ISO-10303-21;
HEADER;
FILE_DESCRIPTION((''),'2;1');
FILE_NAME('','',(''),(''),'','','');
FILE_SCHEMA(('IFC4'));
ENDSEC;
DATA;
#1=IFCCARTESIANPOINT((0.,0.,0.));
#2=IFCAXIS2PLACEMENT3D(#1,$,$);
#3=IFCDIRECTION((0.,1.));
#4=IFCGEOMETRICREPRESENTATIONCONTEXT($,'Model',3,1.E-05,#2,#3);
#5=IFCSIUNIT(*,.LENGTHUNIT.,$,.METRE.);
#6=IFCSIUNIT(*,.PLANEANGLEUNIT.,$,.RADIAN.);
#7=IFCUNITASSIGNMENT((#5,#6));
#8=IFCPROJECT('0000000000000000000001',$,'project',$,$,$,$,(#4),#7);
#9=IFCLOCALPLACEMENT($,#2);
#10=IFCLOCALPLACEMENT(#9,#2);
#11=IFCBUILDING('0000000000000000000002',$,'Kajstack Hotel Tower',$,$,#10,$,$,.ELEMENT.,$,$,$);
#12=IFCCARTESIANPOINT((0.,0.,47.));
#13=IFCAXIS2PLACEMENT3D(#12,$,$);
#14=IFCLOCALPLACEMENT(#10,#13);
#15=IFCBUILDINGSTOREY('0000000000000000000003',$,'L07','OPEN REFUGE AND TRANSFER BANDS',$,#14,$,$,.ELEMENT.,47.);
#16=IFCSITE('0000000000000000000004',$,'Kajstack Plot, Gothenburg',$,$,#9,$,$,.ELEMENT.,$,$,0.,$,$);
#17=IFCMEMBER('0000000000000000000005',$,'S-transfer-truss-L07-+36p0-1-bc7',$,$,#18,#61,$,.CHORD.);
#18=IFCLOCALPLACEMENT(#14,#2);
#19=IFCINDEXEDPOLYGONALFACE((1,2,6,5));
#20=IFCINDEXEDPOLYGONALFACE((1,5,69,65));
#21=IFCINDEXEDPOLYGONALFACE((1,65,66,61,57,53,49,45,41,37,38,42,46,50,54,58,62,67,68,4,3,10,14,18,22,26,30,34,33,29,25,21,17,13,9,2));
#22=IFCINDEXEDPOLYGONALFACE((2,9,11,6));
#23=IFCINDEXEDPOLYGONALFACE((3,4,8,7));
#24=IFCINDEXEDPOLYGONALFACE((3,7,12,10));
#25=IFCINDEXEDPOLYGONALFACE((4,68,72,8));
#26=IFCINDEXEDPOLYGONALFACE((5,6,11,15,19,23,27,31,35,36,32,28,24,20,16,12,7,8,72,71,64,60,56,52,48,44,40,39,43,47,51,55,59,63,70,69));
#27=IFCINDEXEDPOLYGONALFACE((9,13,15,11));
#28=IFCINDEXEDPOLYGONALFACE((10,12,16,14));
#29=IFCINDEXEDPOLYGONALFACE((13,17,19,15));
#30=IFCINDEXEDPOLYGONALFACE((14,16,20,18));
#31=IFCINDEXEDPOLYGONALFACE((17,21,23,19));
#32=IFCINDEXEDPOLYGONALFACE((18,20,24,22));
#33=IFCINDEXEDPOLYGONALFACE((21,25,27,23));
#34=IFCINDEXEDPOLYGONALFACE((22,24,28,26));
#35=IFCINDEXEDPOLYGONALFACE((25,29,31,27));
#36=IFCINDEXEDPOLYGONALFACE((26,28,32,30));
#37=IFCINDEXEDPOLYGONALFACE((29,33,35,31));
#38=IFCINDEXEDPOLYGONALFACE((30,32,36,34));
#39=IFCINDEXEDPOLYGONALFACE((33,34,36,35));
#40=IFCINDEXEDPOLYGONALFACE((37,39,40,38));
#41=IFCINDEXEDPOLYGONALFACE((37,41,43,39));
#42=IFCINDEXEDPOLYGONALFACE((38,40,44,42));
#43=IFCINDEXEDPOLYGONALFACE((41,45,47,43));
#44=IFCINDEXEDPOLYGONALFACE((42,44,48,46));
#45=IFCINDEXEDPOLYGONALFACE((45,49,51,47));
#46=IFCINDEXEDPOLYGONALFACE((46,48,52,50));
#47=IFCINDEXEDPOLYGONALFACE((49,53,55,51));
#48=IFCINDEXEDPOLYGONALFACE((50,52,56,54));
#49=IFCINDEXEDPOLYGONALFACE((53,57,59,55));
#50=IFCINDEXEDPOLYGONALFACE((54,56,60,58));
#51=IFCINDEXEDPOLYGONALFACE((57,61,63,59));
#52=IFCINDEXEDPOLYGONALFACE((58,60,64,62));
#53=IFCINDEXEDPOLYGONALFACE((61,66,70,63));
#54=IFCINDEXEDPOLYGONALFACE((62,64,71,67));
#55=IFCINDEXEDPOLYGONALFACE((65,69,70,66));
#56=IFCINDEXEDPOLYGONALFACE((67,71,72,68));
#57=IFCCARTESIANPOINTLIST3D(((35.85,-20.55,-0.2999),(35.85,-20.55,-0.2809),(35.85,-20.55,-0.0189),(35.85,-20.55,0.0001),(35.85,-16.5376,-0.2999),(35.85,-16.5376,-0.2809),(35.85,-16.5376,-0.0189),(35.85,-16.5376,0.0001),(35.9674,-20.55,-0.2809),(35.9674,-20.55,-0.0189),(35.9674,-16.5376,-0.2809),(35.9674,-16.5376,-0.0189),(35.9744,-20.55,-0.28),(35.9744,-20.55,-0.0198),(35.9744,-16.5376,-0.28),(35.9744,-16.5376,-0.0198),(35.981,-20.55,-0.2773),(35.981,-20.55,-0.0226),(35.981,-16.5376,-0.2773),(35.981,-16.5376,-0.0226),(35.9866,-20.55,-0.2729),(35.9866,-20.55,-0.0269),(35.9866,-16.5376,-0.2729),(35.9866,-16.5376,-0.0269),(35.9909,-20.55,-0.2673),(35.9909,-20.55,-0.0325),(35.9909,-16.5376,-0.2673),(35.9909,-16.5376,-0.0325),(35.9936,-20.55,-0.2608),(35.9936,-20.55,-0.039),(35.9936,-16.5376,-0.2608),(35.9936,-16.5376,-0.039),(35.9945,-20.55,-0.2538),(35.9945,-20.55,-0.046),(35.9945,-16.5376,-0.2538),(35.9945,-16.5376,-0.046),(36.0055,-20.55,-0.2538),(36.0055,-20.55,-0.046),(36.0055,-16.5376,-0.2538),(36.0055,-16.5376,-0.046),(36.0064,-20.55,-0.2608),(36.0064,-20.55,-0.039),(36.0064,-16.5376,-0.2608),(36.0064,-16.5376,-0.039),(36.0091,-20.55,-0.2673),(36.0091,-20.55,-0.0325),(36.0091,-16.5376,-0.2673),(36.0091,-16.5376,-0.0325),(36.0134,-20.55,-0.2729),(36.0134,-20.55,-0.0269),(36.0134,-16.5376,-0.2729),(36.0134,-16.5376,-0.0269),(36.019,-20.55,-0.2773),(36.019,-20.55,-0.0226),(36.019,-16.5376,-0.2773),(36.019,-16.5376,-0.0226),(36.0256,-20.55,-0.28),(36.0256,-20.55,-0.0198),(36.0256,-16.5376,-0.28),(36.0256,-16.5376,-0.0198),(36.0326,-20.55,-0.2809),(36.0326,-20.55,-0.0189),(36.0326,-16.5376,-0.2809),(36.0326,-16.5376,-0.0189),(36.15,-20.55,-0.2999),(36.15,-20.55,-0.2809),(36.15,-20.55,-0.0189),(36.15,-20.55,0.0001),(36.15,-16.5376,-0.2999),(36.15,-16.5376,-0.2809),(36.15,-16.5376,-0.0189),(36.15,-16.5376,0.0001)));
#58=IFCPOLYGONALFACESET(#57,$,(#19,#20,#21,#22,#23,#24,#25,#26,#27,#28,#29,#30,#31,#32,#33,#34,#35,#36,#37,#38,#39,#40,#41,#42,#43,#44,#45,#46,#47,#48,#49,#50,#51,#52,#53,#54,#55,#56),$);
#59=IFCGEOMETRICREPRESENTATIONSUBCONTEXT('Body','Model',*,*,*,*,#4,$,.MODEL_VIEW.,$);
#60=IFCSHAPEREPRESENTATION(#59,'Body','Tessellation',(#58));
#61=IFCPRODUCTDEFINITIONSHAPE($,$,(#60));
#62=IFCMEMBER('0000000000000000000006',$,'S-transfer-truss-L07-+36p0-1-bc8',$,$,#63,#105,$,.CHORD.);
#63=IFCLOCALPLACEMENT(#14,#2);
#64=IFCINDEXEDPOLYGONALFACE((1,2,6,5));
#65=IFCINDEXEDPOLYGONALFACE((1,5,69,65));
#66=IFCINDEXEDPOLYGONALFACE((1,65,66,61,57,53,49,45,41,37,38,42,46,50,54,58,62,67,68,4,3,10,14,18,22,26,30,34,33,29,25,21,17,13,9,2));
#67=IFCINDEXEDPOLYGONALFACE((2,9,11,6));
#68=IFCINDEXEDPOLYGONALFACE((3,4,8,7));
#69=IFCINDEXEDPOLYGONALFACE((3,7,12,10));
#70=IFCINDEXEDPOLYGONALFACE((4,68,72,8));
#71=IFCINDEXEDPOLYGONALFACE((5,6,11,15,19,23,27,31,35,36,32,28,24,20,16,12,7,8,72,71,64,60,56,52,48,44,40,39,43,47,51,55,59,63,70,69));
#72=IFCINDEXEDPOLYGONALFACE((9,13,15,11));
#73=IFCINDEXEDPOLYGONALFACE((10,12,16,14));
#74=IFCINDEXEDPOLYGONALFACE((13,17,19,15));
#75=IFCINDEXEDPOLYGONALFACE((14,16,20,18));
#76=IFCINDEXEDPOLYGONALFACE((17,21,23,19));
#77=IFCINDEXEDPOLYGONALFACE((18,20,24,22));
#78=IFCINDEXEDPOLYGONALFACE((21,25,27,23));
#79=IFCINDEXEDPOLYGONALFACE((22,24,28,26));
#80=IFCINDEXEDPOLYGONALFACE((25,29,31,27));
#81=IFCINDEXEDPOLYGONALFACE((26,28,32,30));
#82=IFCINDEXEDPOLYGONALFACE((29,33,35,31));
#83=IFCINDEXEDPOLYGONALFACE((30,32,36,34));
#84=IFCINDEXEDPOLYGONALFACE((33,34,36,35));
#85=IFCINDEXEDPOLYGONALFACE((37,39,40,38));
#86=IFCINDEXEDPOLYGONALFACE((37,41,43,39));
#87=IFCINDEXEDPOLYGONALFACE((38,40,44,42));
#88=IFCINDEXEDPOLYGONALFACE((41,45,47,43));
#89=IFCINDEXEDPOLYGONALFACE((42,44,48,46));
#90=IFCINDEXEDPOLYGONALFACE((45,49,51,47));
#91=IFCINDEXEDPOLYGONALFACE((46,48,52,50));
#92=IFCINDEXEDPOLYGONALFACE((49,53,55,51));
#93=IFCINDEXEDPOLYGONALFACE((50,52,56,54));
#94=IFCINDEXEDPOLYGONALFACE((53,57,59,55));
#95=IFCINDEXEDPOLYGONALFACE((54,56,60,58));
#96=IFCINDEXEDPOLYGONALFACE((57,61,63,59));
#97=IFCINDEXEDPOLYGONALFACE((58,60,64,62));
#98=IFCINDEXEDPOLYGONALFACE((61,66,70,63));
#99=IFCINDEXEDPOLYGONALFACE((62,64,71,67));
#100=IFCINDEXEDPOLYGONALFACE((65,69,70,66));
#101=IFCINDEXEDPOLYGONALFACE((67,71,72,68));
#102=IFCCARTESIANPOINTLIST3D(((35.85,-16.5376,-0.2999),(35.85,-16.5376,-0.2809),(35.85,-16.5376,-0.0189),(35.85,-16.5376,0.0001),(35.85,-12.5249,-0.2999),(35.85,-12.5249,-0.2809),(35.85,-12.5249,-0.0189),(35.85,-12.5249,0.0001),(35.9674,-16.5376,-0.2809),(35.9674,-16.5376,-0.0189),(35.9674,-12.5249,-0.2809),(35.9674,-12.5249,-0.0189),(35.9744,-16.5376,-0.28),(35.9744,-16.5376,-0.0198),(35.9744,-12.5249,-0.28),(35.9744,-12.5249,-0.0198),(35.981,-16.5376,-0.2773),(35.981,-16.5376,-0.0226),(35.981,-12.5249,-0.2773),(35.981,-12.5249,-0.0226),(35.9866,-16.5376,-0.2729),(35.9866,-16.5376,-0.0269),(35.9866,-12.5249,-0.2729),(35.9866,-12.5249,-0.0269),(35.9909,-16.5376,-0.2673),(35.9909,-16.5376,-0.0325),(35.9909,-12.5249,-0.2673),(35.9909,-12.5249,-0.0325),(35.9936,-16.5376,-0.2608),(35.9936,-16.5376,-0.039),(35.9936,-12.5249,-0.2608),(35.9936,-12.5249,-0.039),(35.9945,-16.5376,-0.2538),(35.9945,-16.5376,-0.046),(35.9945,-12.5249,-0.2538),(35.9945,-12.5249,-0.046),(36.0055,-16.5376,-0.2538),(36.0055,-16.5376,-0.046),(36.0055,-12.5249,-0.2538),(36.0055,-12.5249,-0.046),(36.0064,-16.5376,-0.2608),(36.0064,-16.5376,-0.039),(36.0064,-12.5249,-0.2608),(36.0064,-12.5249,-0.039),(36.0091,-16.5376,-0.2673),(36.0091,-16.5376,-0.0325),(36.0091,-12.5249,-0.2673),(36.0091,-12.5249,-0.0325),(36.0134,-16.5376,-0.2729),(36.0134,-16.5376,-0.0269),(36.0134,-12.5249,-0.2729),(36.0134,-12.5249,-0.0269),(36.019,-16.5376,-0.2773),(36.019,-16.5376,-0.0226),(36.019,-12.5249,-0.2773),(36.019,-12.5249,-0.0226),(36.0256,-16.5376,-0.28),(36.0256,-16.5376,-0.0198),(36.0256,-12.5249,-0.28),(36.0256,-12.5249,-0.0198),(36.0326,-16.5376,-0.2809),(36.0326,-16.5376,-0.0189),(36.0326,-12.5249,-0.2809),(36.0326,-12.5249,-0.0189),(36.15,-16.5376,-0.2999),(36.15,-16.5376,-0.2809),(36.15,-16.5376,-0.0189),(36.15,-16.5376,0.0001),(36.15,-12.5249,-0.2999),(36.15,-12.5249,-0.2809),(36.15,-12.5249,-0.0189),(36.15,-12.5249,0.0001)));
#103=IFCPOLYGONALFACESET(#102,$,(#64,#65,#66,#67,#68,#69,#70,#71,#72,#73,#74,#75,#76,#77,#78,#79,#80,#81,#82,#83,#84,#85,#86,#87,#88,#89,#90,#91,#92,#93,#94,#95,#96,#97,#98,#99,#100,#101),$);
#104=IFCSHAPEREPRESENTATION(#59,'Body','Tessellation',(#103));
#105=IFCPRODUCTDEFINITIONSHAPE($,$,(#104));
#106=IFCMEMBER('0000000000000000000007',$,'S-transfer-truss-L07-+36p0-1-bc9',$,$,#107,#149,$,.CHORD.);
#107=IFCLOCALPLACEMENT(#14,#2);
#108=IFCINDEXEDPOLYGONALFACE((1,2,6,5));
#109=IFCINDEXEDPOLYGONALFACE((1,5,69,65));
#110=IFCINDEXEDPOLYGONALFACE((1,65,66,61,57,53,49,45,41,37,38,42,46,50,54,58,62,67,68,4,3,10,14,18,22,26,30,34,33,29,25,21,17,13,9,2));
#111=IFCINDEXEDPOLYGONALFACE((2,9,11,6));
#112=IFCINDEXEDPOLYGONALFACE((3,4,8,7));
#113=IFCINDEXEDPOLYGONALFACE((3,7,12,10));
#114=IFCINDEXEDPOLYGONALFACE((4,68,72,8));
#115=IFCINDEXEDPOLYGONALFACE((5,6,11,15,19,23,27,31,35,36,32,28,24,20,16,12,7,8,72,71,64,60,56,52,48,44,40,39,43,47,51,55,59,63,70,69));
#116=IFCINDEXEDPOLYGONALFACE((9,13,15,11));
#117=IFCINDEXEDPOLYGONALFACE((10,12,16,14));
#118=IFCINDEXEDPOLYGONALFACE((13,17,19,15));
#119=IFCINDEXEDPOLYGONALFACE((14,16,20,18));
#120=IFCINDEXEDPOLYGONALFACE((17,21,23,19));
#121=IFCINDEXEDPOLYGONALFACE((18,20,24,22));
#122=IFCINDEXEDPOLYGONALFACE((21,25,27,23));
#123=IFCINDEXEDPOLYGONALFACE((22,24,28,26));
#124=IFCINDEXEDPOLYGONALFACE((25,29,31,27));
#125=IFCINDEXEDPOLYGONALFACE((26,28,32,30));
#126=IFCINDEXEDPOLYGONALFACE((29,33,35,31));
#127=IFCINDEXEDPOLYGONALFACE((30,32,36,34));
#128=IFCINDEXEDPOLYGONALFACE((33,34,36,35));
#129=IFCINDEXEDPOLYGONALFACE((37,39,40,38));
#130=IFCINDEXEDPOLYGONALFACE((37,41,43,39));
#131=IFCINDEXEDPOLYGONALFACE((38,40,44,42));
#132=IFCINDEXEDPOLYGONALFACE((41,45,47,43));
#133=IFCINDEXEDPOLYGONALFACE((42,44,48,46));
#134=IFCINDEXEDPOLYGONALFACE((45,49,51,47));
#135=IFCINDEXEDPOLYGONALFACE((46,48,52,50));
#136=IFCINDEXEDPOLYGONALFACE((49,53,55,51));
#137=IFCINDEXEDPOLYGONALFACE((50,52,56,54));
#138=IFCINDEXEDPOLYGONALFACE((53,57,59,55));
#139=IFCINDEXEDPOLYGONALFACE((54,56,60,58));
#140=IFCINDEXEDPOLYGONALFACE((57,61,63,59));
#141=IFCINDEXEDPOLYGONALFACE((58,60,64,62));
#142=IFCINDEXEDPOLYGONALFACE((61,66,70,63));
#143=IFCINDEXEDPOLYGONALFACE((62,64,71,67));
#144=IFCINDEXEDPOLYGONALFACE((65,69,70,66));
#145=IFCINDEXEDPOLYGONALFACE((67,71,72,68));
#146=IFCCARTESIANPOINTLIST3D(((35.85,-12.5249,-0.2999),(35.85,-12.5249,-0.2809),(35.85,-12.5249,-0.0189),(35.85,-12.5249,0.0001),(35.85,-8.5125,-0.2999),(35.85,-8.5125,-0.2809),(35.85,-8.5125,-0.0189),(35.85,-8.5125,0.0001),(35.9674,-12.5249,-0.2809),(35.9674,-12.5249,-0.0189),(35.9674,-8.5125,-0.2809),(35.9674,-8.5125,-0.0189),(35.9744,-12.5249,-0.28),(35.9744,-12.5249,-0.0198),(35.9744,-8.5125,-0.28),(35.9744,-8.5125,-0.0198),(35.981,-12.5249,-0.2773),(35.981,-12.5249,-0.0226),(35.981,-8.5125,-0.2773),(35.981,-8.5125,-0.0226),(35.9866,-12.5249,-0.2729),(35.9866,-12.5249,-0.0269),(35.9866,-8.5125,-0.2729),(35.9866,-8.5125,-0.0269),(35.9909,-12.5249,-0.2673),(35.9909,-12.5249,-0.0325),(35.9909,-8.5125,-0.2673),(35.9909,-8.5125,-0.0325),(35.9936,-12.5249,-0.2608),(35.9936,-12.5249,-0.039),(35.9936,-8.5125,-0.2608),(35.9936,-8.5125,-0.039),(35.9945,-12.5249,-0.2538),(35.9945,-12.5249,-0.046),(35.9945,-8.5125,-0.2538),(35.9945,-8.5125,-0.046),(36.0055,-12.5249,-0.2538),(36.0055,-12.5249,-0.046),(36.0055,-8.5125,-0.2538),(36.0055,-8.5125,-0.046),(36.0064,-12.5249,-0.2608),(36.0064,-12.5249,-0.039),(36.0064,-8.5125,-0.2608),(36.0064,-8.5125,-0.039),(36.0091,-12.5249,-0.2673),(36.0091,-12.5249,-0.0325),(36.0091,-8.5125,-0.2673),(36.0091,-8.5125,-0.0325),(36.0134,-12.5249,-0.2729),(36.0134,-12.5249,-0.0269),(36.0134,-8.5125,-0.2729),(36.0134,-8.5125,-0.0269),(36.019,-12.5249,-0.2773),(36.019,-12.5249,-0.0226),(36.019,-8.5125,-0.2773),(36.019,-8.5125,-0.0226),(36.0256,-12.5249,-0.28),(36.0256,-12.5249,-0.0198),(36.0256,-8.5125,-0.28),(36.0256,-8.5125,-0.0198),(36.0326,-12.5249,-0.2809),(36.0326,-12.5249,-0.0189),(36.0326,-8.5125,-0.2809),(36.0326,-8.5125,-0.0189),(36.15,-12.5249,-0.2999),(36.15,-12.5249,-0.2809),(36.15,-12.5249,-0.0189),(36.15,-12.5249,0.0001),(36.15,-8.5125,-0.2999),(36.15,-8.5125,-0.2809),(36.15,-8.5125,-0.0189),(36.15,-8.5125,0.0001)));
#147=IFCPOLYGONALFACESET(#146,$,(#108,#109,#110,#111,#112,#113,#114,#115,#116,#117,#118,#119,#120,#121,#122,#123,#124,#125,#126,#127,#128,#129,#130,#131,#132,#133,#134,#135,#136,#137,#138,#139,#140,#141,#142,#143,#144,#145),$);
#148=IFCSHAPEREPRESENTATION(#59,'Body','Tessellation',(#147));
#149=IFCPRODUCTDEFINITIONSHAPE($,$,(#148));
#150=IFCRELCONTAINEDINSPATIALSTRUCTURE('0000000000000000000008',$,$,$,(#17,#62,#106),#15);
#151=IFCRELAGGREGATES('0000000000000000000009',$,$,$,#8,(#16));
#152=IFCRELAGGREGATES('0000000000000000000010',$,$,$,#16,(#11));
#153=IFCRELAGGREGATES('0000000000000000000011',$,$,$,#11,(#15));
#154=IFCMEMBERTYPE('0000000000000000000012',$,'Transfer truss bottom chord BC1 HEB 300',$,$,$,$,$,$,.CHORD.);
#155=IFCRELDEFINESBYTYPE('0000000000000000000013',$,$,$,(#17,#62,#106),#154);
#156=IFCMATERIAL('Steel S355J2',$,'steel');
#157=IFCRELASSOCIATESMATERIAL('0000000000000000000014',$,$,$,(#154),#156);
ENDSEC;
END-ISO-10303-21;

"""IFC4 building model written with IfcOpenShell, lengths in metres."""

from ifc_helpers import new_model, si_unit, direction, frame, origin, origin_2d, place, context, subcontext, project, spatial, i_section, extrude, material, material_profile, profile_set, type_object, element, save


model = new_model("IFC4")

# Units and contexts
model_context = context("Model", 3, precision=1e-05, world=origin(), true_north=direction((0.0, 1.0)))
body_context = subcontext(model_context, "Body", "Model", "MODEL_VIEW")
ifc_project = project(units=[si_unit("LENGTHUNIT", "METRE"), si_unit("PLANEANGLEUNIT", "RADIAN")], contexts=[model_context])

# Site, building, storey
site_placement = place(None, origin())
site = spatial("IfcSite", under=ifc_project, at=site_placement, Name="Kajstack Plot, Gothenburg", CompositionType="ELEMENT", RefElevation=0.0)
building_placement = place(site_placement, origin())
building = spatial("IfcBuilding", under=site, at=building_placement, Name="Kajstack Hotel Tower", CompositionType="ELEMENT")
storey_placement = place(building_placement, frame((0.0, 0.0, 47.0)))
storey = spatial("IfcBuildingStorey", under=building, at=storey_placement, Name="L07", Description="OPEN REFUGE AND TRANSFER BANDS", CompositionType="ELEMENT", Elevation=47.0)

# Members
ifc_material_1 = material(Name="Steel S355J2", Category="steel")
ifc_material_profile_1 = material_profile(ifc_material_1, i_section(OverallWidth=0.3, OverallDepth=0.3, WebThickness=0.011, FlangeThickness=0.019, FilletRadius=0.0271, at=origin_2d()), Name="HEB 300")
ifc_profile_set_1 = profile_set([ifc_material_profile_1], Name="Steel S355J2")
member_type_1 = type_object("IfcMemberType", Name="Transfer truss bottom chord BC1 HEB 300", PredefinedType="CHORD", material=ifc_profile_set_1)
member_1_placement = place(storey_placement, frame((36.0, -20.55, -0.1499), z_axis=(0.0, 1.0, 0.0), x_axis=(-1.0, 0.0, 0.0)))
element("IfcMember", 1, at=member_1_placement, inside=storey, type_object=member_type_1, Name="S-transfer-truss-L07-+36p0-1-bc7", PredefinedType="CHORD", context=body_context, shape_type="SweptSolid", body=[
    extrude(i_section(OverallWidth=0.3, OverallDepth=0.3, WebThickness=0.011, FlangeThickness=0.019, FilletRadius=0.0271, at=origin_2d()), origin(), (0.0, 0.0, 1.0), 4.0125),
])
member_2_placement = place(storey_placement, frame((36.0, -16.5376, -0.1499), z_axis=(0.0, 1.0, 0.0), x_axis=(-1.0, 0.0, 0.0)))
element("IfcMember", 2, at=member_2_placement, inside=storey, type_object=member_type_1, Name="S-transfer-truss-L07-+36p0-1-bc8", PredefinedType="CHORD", context=body_context, shape_type="SweptSolid", body=[
    extrude(i_section(OverallWidth=0.3, OverallDepth=0.3, WebThickness=0.011, FlangeThickness=0.019, FilletRadius=0.0271, at=origin_2d()), origin(), (0.0, 0.0, 1.0), 4.0127),
])
member_3_placement = place(storey_placement, frame((36.0, -12.5249, -0.1499), z_axis=(0.0, 1.0, 0.0), x_axis=(-1.0, 0.0, 0.0)))
element("IfcMember", 3, at=member_3_placement, inside=storey, type_object=member_type_1, Name="S-transfer-truss-L07-+36p0-1-bc9", PredefinedType="CHORD", context=body_context, shape_type="SweptSolid", body=[
    extrude(i_section(OverallWidth=0.3, OverallDepth=0.3, WebThickness=0.011, FlangeThickness=0.019, FilletRadius=0.0271, at=origin_2d()), origin(), (0.0, 0.0, 1.0), 4.0125),
])

save(model, "model.ifc")
